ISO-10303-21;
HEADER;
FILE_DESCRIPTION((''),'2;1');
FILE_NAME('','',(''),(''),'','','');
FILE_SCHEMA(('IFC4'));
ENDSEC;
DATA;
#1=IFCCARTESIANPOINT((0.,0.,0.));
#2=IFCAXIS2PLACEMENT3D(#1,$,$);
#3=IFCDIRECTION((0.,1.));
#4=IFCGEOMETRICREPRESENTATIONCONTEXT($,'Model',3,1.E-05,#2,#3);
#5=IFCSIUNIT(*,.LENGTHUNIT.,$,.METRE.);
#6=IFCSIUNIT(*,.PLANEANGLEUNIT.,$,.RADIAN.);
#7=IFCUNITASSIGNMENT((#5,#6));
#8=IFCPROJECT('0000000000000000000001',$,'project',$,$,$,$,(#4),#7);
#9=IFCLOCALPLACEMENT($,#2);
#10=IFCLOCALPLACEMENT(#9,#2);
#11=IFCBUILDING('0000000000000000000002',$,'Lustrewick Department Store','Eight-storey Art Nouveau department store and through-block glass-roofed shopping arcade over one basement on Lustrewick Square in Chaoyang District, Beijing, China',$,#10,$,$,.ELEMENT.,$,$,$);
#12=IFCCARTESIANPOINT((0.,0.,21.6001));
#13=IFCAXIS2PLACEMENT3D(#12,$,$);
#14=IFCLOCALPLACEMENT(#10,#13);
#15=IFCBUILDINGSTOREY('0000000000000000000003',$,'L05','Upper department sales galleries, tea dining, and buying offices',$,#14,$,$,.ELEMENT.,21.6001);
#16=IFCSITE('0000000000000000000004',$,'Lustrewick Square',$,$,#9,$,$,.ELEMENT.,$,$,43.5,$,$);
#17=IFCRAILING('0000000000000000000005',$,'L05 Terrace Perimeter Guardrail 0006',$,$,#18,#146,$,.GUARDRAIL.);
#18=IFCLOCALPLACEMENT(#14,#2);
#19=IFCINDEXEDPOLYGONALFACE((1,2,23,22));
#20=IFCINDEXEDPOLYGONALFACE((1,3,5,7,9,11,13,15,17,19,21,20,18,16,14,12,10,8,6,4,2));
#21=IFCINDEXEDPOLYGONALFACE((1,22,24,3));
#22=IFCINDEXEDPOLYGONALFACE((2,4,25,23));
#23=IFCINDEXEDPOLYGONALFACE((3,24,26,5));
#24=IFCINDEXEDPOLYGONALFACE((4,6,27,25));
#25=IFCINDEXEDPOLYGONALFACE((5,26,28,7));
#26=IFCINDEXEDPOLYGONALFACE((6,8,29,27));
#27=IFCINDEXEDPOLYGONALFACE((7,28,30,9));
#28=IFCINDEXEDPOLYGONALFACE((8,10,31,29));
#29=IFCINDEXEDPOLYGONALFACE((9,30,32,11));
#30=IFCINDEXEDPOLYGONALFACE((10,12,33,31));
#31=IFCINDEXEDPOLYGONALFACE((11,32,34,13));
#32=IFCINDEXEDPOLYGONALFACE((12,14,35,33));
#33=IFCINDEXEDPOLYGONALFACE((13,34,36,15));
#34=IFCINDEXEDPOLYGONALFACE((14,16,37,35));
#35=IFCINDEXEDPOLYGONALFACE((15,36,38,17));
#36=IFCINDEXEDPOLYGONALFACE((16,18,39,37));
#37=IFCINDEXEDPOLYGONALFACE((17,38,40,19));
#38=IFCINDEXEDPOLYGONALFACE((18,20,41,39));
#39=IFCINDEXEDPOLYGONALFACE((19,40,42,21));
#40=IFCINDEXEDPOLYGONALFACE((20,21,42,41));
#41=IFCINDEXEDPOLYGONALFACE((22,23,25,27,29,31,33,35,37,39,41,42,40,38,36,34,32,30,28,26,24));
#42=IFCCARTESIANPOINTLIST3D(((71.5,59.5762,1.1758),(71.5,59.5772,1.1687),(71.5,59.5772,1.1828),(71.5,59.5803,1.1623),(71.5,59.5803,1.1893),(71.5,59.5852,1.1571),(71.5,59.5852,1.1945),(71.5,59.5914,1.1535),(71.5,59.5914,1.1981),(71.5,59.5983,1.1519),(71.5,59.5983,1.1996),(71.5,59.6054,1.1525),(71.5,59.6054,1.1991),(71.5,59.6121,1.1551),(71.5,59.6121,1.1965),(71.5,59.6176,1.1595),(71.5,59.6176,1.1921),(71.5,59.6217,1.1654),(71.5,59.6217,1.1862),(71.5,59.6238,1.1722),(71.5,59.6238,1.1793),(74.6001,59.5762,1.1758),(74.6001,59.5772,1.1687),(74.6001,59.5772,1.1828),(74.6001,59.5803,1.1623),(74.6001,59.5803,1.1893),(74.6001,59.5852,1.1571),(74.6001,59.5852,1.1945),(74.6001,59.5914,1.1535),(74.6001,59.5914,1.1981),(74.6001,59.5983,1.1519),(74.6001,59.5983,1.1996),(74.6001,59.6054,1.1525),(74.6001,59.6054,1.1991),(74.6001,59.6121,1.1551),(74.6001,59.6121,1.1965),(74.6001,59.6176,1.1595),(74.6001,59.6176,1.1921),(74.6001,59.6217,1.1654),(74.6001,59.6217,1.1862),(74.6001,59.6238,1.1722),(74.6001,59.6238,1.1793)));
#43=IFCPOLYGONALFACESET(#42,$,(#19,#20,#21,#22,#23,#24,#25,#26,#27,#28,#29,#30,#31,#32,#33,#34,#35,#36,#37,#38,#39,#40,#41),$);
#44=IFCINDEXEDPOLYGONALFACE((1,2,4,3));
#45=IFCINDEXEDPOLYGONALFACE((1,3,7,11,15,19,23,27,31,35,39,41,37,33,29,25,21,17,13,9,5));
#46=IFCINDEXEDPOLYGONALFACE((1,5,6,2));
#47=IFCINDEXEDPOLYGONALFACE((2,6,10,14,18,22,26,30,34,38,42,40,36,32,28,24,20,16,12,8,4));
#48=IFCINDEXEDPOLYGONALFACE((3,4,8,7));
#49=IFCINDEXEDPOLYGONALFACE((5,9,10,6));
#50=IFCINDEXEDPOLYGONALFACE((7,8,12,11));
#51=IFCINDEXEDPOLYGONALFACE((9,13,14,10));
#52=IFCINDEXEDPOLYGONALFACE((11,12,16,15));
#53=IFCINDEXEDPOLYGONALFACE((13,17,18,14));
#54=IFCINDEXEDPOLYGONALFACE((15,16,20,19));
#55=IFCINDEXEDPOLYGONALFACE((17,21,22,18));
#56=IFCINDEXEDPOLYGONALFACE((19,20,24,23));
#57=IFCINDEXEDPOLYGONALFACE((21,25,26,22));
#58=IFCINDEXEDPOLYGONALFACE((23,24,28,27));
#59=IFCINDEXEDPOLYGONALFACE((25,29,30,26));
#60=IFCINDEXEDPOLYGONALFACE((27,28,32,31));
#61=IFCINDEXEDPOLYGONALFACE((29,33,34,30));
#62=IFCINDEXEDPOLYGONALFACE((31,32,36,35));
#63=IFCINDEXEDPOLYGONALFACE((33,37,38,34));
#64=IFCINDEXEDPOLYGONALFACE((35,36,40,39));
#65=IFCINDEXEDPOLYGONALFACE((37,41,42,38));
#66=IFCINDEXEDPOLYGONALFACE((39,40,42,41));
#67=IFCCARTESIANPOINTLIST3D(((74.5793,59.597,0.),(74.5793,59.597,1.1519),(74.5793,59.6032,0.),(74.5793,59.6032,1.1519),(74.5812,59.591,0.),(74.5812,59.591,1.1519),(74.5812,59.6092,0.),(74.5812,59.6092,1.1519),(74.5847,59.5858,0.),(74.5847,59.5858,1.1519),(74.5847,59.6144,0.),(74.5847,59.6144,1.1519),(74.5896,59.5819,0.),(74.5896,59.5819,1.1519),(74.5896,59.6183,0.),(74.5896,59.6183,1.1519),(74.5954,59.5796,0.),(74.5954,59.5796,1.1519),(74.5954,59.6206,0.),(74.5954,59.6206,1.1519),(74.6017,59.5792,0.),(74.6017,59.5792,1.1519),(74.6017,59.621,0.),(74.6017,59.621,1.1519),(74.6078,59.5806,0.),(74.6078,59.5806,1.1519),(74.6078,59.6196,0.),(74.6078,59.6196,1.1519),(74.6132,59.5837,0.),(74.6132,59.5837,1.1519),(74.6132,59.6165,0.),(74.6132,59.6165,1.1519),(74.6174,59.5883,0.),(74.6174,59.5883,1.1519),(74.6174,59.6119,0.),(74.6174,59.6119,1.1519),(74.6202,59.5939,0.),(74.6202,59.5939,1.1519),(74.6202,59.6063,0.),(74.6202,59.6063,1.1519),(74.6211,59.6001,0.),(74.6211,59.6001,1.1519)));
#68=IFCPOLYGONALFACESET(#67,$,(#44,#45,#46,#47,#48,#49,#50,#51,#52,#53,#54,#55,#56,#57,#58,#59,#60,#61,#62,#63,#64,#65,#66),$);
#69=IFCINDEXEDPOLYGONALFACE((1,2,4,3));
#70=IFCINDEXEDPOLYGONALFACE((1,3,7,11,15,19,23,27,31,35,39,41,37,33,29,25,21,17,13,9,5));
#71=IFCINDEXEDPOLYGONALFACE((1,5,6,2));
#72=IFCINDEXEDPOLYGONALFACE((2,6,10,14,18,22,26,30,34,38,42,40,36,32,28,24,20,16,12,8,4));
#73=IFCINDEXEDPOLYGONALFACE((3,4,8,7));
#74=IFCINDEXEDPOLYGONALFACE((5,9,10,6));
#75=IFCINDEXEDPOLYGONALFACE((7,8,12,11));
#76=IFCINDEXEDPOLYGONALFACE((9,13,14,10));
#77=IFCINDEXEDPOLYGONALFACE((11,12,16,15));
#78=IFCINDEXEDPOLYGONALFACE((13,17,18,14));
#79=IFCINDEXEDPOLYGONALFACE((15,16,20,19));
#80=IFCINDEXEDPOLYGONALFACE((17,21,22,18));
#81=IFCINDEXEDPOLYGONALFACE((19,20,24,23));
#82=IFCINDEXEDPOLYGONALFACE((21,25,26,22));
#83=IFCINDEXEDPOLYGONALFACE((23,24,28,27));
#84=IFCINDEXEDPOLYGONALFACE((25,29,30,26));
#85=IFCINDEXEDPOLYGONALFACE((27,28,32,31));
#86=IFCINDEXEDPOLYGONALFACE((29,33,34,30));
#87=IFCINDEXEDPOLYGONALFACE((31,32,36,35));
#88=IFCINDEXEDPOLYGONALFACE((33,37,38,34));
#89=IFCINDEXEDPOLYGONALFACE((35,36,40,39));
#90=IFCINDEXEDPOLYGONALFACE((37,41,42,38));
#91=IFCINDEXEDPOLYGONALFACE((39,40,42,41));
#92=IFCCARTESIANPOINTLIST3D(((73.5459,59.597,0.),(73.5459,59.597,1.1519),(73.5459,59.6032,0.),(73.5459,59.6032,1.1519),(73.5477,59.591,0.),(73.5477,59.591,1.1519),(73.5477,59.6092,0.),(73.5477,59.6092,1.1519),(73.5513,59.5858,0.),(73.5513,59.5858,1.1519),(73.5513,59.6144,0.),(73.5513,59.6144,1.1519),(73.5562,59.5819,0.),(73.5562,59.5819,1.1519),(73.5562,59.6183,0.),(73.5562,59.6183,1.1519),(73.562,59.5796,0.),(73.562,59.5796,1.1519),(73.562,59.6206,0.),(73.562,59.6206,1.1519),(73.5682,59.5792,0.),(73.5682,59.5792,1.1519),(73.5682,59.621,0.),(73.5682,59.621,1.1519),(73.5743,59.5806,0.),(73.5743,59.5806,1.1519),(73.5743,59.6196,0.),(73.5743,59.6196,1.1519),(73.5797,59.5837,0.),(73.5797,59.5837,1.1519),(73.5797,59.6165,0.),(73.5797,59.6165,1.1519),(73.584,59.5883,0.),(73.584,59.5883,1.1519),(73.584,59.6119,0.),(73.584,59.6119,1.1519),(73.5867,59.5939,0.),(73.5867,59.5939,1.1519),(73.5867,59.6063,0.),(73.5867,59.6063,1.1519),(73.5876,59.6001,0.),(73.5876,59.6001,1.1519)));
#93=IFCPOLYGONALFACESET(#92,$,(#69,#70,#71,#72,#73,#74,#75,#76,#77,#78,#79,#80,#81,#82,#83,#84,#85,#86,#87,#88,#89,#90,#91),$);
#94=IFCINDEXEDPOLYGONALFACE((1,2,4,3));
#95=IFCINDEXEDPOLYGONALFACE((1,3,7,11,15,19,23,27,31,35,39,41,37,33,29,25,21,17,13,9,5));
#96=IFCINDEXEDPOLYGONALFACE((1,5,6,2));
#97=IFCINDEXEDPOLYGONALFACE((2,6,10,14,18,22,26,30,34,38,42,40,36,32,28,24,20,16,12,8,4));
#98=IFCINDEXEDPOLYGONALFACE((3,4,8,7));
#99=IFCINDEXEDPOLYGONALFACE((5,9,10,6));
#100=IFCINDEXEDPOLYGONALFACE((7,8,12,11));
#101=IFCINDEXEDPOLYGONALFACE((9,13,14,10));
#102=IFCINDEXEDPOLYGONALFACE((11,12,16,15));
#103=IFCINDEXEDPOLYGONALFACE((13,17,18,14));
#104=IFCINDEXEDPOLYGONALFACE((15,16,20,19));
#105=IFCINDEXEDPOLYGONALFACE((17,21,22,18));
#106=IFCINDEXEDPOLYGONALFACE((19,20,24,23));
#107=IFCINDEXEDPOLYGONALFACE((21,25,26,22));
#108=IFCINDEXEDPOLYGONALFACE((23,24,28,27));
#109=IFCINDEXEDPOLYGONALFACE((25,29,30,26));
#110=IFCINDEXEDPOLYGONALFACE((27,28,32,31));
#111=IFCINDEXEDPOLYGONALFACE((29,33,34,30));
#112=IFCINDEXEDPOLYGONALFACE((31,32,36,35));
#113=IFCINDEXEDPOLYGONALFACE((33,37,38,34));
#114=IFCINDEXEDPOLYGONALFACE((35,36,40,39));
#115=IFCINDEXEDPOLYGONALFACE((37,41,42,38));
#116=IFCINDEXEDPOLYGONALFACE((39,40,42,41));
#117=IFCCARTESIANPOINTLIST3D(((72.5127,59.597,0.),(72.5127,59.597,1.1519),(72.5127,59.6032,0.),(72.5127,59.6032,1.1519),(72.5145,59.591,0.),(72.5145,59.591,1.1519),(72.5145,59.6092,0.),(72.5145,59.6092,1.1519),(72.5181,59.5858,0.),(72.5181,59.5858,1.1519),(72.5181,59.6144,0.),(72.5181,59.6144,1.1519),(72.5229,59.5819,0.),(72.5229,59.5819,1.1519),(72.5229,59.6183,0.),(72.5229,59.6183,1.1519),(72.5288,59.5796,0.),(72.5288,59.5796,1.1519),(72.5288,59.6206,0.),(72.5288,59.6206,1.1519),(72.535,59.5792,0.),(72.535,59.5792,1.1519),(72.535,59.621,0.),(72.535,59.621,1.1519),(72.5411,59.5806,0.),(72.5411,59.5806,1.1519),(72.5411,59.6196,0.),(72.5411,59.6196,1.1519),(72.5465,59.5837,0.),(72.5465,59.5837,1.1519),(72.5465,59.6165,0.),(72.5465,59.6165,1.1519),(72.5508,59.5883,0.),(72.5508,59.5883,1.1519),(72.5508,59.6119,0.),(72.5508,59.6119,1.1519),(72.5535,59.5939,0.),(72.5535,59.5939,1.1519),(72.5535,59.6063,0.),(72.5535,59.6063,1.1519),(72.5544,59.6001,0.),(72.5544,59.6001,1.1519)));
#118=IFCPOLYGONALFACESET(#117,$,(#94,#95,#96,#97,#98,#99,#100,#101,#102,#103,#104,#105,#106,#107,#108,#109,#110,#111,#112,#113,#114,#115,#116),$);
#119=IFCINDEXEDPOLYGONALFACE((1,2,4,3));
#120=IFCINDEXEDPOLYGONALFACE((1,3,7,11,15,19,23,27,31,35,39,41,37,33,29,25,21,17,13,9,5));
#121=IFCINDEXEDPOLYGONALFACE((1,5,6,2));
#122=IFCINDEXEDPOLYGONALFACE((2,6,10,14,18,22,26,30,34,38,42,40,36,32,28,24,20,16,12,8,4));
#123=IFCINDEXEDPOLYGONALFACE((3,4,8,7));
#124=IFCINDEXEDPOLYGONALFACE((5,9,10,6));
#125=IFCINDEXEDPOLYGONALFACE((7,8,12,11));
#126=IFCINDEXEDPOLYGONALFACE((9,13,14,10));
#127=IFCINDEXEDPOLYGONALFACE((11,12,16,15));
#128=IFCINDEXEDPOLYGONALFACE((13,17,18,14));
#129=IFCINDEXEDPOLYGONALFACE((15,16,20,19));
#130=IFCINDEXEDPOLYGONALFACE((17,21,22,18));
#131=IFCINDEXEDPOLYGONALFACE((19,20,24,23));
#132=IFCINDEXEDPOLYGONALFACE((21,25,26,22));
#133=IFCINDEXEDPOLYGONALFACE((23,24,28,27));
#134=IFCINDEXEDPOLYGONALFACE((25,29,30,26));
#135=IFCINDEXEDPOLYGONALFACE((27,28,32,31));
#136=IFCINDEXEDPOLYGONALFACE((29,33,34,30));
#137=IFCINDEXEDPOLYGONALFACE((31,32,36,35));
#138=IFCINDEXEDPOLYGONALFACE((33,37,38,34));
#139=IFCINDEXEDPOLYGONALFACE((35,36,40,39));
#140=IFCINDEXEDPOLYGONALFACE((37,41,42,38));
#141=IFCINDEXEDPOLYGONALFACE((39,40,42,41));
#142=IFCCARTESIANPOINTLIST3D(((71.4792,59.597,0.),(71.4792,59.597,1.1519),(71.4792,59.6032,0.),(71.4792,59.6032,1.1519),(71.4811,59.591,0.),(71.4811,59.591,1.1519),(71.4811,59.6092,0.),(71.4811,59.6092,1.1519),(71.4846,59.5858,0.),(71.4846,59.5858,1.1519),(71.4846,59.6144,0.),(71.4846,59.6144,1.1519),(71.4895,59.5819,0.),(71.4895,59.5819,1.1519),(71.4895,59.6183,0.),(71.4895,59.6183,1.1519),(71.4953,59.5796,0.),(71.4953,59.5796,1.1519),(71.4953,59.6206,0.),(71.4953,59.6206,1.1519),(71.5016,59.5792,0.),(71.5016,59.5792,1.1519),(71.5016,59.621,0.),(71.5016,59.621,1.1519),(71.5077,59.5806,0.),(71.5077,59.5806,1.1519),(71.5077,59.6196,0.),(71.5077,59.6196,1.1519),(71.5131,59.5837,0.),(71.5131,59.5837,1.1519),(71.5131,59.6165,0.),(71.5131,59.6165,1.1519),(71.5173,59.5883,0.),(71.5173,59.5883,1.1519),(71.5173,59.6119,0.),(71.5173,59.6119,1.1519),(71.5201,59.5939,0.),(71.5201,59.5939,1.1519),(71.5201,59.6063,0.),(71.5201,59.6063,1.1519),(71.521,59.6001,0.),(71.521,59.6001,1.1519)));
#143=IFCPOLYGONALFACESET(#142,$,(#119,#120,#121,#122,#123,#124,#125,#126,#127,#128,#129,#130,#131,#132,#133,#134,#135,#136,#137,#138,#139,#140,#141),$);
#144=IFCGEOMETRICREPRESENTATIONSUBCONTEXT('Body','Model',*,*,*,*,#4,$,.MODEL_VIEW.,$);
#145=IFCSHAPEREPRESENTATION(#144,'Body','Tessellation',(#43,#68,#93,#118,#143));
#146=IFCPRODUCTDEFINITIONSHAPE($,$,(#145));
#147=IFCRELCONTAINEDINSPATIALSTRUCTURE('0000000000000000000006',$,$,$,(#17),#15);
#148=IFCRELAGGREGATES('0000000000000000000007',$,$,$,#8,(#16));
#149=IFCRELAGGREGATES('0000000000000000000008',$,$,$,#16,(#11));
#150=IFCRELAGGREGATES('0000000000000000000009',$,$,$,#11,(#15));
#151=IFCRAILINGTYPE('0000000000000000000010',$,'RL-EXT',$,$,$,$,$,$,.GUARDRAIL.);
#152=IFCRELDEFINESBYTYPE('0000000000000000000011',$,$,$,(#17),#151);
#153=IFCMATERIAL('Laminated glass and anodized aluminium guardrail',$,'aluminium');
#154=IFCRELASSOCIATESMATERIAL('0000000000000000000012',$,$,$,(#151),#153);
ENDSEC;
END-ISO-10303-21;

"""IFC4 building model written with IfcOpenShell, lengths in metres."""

from ifc_helpers import new_model, si_unit, direction, frame, origin, origin_2d, place, context, subcontext, project, spatial, circle, extrude, material, type_object, element, save


model = new_model("IFC4")

# Units and contexts
model_context = context("Model", 3, precision=1e-05, world=origin(), true_north=direction((0.0, 1.0)))
body_context = subcontext(model_context, "Body", "Model", "MODEL_VIEW")
ifc_project = project(units=[si_unit("LENGTHUNIT", "METRE"), si_unit("PLANEANGLEUNIT", "RADIAN")], contexts=[model_context])

# Site, building, storey
site_placement = place(None, origin())
site = spatial("IfcSite", under=ifc_project, at=site_placement, Name="Lustrewick Square", CompositionType="ELEMENT", RefElevation=43.5)
building_placement = place(site_placement, origin())
building = spatial("IfcBuilding", under=site, at=building_placement, Name="Lustrewick Department Store", Description="Eight-storey Art Nouveau department store and through-block glass-roofed shopping arcade over one basement on Lustrewick Square in Chaoyang District, Beijing, China", CompositionType="ELEMENT")
storey_placement = place(building_placement, frame((0.0, 0.0, 21.6001)))
storey = spatial("IfcBuildingStorey", under=building, at=storey_placement, Name="L05", Description="Upper department sales galleries, tea dining, and buying offices", CompositionType="ELEMENT", Elevation=21.6001)

# Railing
ifc_material_1 = material(Name="Laminated glass and anodized aluminium guardrail", Category="aluminium")
railing_type_1 = type_object("IfcRailingType", Name="RL-EXT", PredefinedType="GUARDRAIL", material=ifc_material_1)
railing_1_placement = place(storey_placement, frame((74.6001, 59.6001, 0.0)))
element("IfcRailing", 1, at=railing_1_placement, inside=storey, type_object=railing_type_1, Name="L05 Terrace Perimeter Guardrail 0006", PredefinedType="GUARDRAIL", context=body_context, shape_type="SweptSolid", body=[
    extrude(circle(Radius=0.0239, at=origin_2d()), frame((0.0, 0.0, 1.1758), z_axis=(-1.0, 0.0, 0.0), x_axis=(0.0, -1.0, 0.0)), (0.0, 0.0, 1.0), 3.1001),
    extrude(circle(Radius=0.021, at=origin_2d()), origin(), (0.0, 0.0, 1.0), 1.1519),
    extrude(circle(Radius=0.021, at=origin_2d()), frame((-1.0334, 0.0, 0.0)), (0.0, 0.0, 1.0), 1.1519),
    extrude(circle(Radius=0.021, at=origin_2d()), frame((-2.0667, 0.0, 0.0)), (0.0, 0.0, 1.0), 1.1519),
    extrude(circle(Radius=0.021, at=origin_2d()), frame((-3.1001, 0.0, 0.0)), (0.0, 0.0, 1.0), 1.1519),
])

save(model, "model.ifc")
